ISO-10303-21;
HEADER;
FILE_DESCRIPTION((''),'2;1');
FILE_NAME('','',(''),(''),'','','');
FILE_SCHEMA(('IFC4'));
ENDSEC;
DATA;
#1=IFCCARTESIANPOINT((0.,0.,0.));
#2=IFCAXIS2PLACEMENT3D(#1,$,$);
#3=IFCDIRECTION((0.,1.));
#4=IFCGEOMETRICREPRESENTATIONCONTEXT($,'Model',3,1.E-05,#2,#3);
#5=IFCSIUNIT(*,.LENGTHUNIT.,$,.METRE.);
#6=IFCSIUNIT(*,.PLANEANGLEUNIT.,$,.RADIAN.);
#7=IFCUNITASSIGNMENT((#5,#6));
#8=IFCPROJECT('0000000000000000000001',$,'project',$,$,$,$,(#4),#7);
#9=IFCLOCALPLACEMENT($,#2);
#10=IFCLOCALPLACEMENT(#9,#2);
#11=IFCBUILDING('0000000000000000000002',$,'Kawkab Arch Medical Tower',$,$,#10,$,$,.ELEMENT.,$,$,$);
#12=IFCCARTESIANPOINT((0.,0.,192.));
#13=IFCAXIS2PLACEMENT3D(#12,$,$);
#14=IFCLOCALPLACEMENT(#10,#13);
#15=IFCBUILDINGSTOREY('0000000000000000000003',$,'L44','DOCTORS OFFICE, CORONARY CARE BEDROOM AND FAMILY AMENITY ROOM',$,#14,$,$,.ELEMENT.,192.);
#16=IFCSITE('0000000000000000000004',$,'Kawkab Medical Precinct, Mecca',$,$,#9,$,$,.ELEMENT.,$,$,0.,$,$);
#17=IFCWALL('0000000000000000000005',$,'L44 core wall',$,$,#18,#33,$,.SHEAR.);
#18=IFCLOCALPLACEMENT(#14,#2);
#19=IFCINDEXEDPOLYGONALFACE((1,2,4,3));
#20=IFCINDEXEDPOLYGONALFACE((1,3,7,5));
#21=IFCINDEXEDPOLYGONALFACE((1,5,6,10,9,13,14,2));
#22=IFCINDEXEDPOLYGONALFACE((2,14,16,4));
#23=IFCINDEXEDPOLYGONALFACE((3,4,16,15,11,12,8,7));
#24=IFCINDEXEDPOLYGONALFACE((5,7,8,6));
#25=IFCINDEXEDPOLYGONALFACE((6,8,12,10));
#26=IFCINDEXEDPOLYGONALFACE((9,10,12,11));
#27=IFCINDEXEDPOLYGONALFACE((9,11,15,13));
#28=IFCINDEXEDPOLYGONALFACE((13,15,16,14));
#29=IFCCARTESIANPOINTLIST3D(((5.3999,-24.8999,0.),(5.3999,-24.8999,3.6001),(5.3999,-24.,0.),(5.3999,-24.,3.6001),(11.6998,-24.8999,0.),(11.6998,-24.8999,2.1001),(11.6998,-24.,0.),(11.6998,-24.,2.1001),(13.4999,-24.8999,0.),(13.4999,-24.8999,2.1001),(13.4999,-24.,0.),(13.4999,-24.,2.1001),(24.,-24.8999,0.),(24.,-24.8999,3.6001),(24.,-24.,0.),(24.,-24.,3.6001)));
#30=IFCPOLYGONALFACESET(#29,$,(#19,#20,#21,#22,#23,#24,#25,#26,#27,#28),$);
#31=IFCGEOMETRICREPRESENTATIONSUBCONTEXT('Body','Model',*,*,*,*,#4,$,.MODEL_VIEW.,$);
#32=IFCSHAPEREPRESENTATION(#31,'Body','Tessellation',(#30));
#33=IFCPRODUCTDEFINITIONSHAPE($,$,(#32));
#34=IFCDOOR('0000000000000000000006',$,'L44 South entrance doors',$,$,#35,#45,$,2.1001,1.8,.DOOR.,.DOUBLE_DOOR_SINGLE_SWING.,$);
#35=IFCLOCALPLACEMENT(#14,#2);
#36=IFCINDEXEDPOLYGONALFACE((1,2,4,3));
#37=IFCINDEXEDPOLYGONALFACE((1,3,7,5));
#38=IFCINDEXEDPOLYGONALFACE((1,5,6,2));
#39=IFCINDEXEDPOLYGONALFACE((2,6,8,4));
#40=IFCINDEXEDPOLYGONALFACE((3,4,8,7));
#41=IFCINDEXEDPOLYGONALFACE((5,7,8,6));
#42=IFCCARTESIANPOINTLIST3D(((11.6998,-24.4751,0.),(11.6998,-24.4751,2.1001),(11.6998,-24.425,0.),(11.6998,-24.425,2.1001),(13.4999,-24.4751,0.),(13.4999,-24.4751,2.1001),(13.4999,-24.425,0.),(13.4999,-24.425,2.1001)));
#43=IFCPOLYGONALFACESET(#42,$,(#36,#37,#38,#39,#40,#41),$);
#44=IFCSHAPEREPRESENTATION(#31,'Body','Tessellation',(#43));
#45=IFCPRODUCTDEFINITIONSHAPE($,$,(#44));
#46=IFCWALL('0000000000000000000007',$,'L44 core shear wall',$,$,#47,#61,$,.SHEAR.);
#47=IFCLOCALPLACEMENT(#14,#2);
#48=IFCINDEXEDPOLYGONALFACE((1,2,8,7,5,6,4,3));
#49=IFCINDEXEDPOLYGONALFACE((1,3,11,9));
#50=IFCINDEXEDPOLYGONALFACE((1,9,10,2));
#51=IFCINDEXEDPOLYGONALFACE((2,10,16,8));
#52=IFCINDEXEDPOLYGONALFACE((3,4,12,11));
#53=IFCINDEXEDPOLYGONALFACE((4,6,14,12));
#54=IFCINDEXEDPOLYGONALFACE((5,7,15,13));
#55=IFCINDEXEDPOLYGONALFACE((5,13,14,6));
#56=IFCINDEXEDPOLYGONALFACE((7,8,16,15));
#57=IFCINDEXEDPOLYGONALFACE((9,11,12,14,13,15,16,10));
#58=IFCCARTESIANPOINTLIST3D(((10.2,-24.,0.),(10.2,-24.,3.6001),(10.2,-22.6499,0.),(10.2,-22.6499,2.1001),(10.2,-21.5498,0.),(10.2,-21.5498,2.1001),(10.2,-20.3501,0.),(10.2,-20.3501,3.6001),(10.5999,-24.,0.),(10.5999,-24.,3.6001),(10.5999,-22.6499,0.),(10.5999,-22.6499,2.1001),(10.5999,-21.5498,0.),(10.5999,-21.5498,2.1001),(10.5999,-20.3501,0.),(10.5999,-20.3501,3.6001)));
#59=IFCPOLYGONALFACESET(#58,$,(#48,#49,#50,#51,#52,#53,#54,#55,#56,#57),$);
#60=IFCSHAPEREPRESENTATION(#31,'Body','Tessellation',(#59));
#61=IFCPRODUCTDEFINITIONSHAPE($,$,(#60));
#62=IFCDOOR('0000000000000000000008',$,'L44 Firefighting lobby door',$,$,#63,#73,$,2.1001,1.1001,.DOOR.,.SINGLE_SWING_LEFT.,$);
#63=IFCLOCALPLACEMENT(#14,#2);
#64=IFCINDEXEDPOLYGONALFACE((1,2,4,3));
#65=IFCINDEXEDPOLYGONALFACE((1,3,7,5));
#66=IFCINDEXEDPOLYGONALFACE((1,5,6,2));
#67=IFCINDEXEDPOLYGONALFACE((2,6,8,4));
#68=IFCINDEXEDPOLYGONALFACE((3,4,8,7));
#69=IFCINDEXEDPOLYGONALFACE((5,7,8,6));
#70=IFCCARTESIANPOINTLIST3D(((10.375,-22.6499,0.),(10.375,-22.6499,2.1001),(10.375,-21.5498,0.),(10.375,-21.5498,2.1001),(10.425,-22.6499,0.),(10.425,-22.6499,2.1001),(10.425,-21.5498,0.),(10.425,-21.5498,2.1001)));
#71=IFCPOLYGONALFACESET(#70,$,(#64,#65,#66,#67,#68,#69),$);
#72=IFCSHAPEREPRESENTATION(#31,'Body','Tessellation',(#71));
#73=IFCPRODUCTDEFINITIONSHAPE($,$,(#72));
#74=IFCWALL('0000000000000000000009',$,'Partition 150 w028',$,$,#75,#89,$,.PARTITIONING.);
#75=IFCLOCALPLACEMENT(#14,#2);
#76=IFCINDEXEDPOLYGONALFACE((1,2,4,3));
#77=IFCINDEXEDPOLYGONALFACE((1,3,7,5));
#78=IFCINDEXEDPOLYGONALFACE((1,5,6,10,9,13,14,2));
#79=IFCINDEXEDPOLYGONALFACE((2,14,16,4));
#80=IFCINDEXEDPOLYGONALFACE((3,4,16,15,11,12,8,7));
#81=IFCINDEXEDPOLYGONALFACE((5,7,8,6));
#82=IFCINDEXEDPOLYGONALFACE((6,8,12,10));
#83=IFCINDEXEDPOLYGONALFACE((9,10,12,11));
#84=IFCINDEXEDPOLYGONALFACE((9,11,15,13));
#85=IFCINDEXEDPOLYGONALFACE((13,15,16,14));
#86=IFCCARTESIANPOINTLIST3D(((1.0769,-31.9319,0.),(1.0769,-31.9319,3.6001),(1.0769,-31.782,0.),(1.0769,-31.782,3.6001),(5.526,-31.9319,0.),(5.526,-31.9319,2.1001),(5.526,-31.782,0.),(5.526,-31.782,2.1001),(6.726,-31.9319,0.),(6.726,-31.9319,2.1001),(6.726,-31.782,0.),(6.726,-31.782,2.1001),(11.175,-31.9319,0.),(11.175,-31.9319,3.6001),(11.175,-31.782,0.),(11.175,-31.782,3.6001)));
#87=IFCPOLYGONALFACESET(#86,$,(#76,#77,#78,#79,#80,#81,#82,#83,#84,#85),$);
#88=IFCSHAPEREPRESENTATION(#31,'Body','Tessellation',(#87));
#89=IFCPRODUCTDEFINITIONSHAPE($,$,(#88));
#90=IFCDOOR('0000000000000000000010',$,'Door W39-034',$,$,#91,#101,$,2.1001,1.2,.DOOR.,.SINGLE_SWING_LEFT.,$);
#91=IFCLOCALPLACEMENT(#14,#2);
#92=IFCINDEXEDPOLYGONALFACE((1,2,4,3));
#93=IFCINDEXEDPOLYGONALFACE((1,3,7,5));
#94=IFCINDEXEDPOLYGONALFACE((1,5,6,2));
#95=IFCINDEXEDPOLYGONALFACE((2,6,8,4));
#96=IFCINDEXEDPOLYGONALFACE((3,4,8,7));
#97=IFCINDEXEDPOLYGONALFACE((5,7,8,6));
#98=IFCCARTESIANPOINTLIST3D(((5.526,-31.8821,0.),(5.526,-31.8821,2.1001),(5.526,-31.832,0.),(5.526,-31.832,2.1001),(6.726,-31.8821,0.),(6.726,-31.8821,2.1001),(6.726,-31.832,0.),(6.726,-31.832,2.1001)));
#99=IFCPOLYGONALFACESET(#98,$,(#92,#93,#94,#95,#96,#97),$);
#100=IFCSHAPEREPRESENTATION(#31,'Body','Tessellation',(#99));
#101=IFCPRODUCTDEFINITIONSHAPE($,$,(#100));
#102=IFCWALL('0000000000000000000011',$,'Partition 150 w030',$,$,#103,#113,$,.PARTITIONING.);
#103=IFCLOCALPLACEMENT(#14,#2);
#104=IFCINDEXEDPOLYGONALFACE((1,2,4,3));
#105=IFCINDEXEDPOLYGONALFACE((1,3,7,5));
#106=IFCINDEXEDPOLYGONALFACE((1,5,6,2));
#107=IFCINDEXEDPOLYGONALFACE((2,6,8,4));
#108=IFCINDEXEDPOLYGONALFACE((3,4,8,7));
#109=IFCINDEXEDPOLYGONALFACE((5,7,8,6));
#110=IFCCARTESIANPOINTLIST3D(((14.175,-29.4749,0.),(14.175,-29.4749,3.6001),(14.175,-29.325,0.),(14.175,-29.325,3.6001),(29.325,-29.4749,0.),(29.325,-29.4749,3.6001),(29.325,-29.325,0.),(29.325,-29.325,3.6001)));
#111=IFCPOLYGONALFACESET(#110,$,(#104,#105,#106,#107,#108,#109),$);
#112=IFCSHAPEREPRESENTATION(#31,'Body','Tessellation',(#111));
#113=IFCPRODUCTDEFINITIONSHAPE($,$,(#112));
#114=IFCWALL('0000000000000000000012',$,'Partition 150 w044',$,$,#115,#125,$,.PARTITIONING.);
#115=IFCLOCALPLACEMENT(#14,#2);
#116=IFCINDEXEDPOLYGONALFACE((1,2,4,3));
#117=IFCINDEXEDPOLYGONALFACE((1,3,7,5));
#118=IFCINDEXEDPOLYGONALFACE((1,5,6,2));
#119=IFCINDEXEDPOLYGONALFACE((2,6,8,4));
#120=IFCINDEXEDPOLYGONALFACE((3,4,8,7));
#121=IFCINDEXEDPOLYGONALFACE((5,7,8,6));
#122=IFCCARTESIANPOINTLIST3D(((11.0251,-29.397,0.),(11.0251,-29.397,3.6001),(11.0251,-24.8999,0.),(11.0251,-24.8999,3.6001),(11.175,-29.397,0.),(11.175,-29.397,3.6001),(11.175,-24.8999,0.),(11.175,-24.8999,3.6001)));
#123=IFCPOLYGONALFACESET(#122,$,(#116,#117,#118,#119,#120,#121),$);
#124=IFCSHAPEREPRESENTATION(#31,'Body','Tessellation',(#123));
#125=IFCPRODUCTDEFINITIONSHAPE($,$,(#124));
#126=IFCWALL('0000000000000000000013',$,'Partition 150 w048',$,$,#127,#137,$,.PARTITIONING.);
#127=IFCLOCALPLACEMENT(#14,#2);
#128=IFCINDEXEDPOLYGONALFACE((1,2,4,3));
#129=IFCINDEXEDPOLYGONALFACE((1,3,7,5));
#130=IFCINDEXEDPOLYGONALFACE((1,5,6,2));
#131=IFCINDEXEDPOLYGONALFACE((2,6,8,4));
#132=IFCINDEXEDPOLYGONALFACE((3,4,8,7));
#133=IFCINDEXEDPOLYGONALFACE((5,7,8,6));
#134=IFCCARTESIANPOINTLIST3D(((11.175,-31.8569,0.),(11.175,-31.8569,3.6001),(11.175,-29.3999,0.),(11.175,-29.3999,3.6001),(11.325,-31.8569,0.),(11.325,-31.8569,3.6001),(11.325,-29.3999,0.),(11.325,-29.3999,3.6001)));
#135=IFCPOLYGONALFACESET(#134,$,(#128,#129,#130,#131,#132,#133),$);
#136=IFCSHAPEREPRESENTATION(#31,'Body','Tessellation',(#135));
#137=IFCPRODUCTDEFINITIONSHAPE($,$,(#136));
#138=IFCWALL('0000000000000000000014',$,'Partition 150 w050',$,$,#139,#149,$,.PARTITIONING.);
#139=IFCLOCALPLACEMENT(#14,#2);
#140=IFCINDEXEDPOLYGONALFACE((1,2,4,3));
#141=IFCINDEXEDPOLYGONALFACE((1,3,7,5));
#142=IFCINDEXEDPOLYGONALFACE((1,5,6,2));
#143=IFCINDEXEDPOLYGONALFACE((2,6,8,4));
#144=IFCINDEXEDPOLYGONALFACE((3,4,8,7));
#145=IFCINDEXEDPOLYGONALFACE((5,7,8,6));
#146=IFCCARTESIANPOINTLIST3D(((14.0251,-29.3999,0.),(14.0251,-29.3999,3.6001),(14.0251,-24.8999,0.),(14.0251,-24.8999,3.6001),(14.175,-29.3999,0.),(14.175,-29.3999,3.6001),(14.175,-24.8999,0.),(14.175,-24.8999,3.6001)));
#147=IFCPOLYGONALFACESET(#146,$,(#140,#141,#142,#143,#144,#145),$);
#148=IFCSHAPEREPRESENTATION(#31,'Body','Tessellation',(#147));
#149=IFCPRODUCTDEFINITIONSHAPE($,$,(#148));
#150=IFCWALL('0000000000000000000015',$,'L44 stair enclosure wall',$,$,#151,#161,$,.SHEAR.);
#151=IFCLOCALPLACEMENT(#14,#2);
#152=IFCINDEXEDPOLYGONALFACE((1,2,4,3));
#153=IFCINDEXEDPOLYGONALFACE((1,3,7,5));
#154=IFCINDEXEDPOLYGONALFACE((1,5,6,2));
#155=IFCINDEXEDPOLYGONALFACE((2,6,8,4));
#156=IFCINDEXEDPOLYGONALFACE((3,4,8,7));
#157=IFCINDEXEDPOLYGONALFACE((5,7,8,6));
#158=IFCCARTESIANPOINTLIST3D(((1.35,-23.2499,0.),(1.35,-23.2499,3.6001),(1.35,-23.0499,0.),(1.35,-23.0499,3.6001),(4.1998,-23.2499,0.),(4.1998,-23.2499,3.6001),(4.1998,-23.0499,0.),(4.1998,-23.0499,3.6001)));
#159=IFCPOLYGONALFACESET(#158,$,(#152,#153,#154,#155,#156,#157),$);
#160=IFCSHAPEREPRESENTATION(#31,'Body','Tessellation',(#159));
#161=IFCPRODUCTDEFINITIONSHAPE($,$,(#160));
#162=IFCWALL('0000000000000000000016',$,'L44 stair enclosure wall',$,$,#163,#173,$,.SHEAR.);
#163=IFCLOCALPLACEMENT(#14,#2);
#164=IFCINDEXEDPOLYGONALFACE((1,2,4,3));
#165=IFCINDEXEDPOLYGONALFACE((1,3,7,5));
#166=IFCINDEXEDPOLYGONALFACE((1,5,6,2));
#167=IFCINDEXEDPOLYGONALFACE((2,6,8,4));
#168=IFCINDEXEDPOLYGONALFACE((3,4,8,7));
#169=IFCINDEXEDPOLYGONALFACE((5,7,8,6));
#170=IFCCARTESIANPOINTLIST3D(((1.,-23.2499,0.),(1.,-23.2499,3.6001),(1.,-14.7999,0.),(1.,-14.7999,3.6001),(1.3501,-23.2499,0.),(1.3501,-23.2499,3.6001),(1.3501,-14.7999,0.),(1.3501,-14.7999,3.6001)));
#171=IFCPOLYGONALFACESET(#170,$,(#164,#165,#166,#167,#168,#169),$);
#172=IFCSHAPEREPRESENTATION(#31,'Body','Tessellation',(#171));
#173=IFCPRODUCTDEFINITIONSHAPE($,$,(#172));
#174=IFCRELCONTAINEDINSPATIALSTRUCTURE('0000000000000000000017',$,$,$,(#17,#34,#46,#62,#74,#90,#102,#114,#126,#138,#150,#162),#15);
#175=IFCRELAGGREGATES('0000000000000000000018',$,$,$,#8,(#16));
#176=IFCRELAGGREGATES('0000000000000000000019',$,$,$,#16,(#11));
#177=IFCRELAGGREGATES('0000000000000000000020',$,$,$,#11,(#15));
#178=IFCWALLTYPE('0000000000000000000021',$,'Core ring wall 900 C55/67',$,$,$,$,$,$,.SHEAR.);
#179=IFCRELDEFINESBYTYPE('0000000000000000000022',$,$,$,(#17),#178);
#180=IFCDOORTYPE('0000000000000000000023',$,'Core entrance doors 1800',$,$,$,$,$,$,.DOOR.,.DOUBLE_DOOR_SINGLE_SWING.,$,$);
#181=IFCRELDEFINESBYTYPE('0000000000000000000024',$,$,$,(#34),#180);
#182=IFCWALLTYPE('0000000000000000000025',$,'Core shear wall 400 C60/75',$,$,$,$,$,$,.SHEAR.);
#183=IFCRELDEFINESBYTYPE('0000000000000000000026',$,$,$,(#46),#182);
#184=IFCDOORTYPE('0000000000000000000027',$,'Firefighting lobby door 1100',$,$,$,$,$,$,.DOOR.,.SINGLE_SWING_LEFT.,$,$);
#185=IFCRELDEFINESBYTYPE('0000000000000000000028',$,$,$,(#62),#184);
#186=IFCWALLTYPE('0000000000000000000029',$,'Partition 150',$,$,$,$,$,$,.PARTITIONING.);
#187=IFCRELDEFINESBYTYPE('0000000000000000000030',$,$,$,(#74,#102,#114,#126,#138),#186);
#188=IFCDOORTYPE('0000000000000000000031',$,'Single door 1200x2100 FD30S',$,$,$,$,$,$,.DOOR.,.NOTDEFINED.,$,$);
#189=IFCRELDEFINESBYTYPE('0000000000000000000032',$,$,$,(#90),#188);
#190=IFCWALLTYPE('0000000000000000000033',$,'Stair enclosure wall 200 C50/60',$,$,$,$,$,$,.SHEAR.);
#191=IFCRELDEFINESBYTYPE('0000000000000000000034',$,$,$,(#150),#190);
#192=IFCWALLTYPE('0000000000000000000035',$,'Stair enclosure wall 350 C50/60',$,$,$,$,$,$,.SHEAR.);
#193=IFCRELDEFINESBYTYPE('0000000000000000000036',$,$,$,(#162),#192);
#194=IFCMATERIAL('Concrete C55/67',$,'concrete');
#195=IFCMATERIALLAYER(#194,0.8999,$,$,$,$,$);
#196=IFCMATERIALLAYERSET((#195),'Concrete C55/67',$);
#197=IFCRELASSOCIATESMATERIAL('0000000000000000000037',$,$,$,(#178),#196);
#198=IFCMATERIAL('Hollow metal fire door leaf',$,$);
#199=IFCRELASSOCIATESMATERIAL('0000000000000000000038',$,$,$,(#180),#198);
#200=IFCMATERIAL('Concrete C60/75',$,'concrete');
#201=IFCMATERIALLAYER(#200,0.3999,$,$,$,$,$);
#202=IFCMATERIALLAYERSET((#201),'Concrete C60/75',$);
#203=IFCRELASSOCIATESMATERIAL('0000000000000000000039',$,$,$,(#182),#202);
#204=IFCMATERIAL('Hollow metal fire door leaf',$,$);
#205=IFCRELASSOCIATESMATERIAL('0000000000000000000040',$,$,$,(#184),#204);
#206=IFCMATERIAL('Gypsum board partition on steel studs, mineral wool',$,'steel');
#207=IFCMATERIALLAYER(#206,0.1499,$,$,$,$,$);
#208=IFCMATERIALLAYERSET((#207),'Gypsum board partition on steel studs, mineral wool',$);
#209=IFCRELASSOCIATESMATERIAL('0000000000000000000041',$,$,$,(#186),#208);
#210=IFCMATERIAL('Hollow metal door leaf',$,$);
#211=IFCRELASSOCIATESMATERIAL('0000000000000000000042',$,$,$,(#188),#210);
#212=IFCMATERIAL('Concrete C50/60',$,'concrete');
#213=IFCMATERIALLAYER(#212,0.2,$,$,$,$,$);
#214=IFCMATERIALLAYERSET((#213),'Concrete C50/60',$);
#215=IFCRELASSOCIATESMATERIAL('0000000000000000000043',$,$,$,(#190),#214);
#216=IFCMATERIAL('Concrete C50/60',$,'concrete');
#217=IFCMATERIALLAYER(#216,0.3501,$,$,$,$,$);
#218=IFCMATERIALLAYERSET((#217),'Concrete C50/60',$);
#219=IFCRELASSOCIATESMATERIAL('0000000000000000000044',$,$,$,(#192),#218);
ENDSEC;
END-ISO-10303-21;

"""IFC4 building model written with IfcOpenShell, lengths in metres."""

from ifc_helpers import new_model, si_unit, direction, frame, frame_2d, origin, place, context, subcontext, project, spatial, rectangle, extrude, material, layer, layer_set, type_object, element, fill, save


model = new_model("IFC4")

# Units and contexts
model_context = context("Model", 3, precision=1e-05, world=origin(), true_north=direction((0.0, 1.0)))
body_context = subcontext(model_context, "Body", "Model", "MODEL_VIEW")
ifc_project = project(units=[si_unit("LENGTHUNIT", "METRE"), si_unit("PLANEANGLEUNIT", "RADIAN")], contexts=[model_context])

# Site, building, storey
site_placement = place(None, origin())
site = spatial("IfcSite", under=ifc_project, at=site_placement, Name="Kawkab Medical Precinct, Mecca", CompositionType="ELEMENT", RefElevation=0.0)
building_placement = place(site_placement, origin())
building = spatial("IfcBuilding", under=site, at=building_placement, Name="Kawkab Arch Medical Tower", CompositionType="ELEMENT")
storey_placement = place(building_placement, frame((0.0, 0.0, 192.0)))
storey = spatial("IfcBuildingStorey", under=building, at=storey_placement, Name="L44", Description="DOCTORS OFFICE, CORONARY CARE BEDROOM AND FAMILY AMENITY ROOM", CompositionType="ELEMENT", Elevation=192.0)

# Walls, openings, doors
ifc_material_1 = material(Name="Concrete C55/67", Category="concrete")
ifc_layer_1 = layer(ifc_material_1, 0.8999)
ifc_layer_set_1 = layer_set([ifc_layer_1], Name="Concrete C55/67")
wall_type_1 = type_object("IfcWallType", Name="Core ring wall 900 C55/67", PredefinedType="SHEAR", material=ifc_layer_set_1)
wall_1_placement = place(storey_placement, frame((5.3999, -24.45, 0.0), z_axis=(0.0, 0.0, 1.0), x_axis=(1.0, 0.0, 0.0)))
wall_1 = element("IfcWall", 1, at=wall_1_placement, inside=storey, type_object=wall_type_1, Name="L44 core wall", PredefinedType="SHEAR", context=body_context, shape_type="SweptSolid", body=[
    extrude(rectangle(XDim=18.6001, YDim=0.8999, at=frame_2d((9.3, 0.0))), origin(), (0.0, 0.0, 1.0), 3.6001),
])
opening_1_placement = place(wall_1_placement, frame((6.3, 0.0, 0.0)))
opening_1 = element("IfcOpeningElement", 2, at=opening_1_placement, cuts=wall_1, PredefinedType="OPENING", context=body_context, shape_type="SweptSolid", body=[
    extrude(rectangle(XDim=1.8, YDim=2.1001, at=frame_2d((0.8999, 1.05))), frame((0.0, 0.46, 0.0), z_axis=(0.0, -1.0, 0.0), x_axis=(1.0, 0.0, 0.0)), (0.0, 0.0, 1.0), 0.9199),
])
ifc_material_2 = material(Name="Hollow metal fire door leaf")
door_type_1 = type_object("IfcDoorType", Name="Core entrance doors 1800", OperationType="DOUBLE_DOOR_SINGLE_SWING", PredefinedType="DOOR", material=ifc_material_2)
door_1_placement = place(opening_1_placement, origin())
door_1 = element("IfcDoor", 3, at=door_1_placement, inside=storey, type_object=door_type_1, Name="L44 South entrance doors", OperationType="DOUBLE_DOOR_SINGLE_SWING", OverallHeight=2.1001, OverallWidth=1.8, PredefinedType="DOOR", context=body_context, shape_type="SweptSolid", body=[
    extrude(rectangle(XDim=1.8, YDim=2.1001, at=frame_2d((0.8999, 1.05))), frame((0.0, 0.0249, 0.0), z_axis=(0.0, -1.0, 0.0), x_axis=(1.0, 0.0, 0.0)), (0.0, 0.0, 1.0), 0.05),
])
fill(opening_1, door_1)
ifc_material_3 = material(Name="Concrete C60/75", Category="concrete")
ifc_layer_2 = layer(ifc_material_3, 0.3999)
ifc_layer_set_2 = layer_set([ifc_layer_2], Name="Concrete C60/75")
wall_type_2 = type_object("IfcWallType", Name="Core shear wall 400 C60/75", PredefinedType="SHEAR", material=ifc_layer_set_2)
wall_2_placement = place(storey_placement, frame((10.3999, -24.0, 0.0), z_axis=(0.0, 0.0, 1.0), x_axis=(0.0, 1.0, 0.0)))
wall_2 = element("IfcWall", 4, at=wall_2_placement, inside=storey, type_object=wall_type_2, Name="L44 core shear wall", PredefinedType="SHEAR", context=body_context, shape_type="SweptSolid", body=[
    extrude(rectangle(XDim=3.6499, YDim=0.3999, at=frame_2d((1.825, 0.0))), origin(), (0.0, 0.0, 1.0), 3.6001),
])
opening_2_placement = place(wall_2_placement, frame((1.3501, 0.0, 0.0)))
opening_2 = element("IfcOpeningElement", 5, at=opening_2_placement, cuts=wall_2, PredefinedType="OPENING", context=body_context, shape_type="SweptSolid", body=[
    extrude(rectangle(XDim=1.1001, YDim=2.1001, at=frame_2d((0.55, 1.05))), frame((0.0, 0.21, 0.0), z_axis=(0.0, -1.0, 0.0), x_axis=(1.0, 0.0, 0.0)), (0.0, 0.0, 1.0), 0.4199),
])
ifc_material_4 = material(Name="Hollow metal fire door leaf")
door_type_2 = type_object("IfcDoorType", Name="Firefighting lobby door 1100", OperationType="SINGLE_SWING_LEFT", PredefinedType="DOOR", material=ifc_material_4)
door_2_placement = place(opening_2_placement, origin())
door_2 = element("IfcDoor", 6, at=door_2_placement, inside=storey, type_object=door_type_2, Name="L44 Firefighting lobby door", OperationType="SINGLE_SWING_LEFT", OverallHeight=2.1001, OverallWidth=1.1001, PredefinedType="DOOR", context=body_context, shape_type="SweptSolid", body=[
    extrude(rectangle(XDim=1.1001, YDim=2.1001, at=frame_2d((0.55, 1.05))), frame((0.0, 0.0249, 0.0), z_axis=(0.0, -1.0, 0.0), x_axis=(1.0, 0.0, 0.0)), (0.0, 0.0, 1.0), 0.05),
])
fill(opening_2, door_2)
ifc_material_5 = material(Name="Gypsum board partition on steel studs, mineral wool", Category="steel")
ifc_layer_3 = layer(ifc_material_5, 0.1499)
ifc_layer_set_3 = layer_set([ifc_layer_3], Name="Gypsum board partition on steel studs, mineral wool")
wall_type_3 = type_object("IfcWallType", Name="Partition 150", PredefinedType="PARTITIONING", material=ifc_layer_set_3)
wall_3_placement = place(storey_placement, frame((1.0769, -31.8569, 0.0), z_axis=(0.0, 0.0, 1.0), x_axis=(1.0, 0.0, 0.0)))
wall_3 = element("IfcWall", 7, at=wall_3_placement, inside=storey, type_object=wall_type_3, Name="Partition 150 w028", PredefinedType="PARTITIONING", context=body_context, shape_type="SweptSolid", body=[
    extrude(rectangle(XDim=10.0981, YDim=0.1499, at=frame_2d((5.0491, 0.0))), origin(), (0.0, 0.0, 1.0), 3.6001),
])
opening_3_placement = place(wall_3_placement, frame((4.449, 0.0, 0.0)))
opening_3 = element("IfcOpeningElement", 8, at=opening_3_placement, cuts=wall_3, PredefinedType="OPENING", context=body_context, shape_type="SweptSolid", body=[
    extrude(rectangle(XDim=1.2, YDim=2.1001, at=frame_2d((0.6001, 1.05))), frame((0.0, 0.085, 0.0), z_axis=(0.0, -1.0, 0.0), x_axis=(1.0, 0.0, 0.0)), (0.0, 0.0, 1.0), 0.1699),
])
ifc_material_6 = material(Name="Hollow metal door leaf")
door_type_3 = type_object("IfcDoorType", Name="Single door 1200x2100 FD30S", OperationType="NOTDEFINED", PredefinedType="DOOR", material=ifc_material_6)
door_3_placement = place(opening_3_placement, origin())
door_3 = element("IfcDoor", 9, at=door_3_placement, inside=storey, type_object=door_type_3, Name="Door W39-034", OperationType="SINGLE_SWING_LEFT", OverallHeight=2.1001, OverallWidth=1.2, PredefinedType="DOOR", context=body_context, shape_type="SweptSolid", body=[
    extrude(rectangle(XDim=1.2, YDim=2.1001, at=frame_2d((0.6001, 1.05))), frame((0.0, 0.0249, 0.0), z_axis=(0.0, -1.0, 0.0), x_axis=(1.0, 0.0, 0.0)), (0.0, 0.0, 1.0), 0.05),
])
fill(opening_3, door_3)

# Walls
wall_4_placement = place(storey_placement, frame((14.175, -29.3999, 0.0), z_axis=(0.0, 0.0, 1.0), x_axis=(1.0, 0.0, 0.0)))
element("IfcWall", 10, at=wall_4_placement, inside=storey, type_object=wall_type_3, Name="Partition 150 w030", PredefinedType="PARTITIONING", context=body_context, shape_type="SweptSolid", body=[
    extrude(rectangle(XDim=15.1499, YDim=0.1499, at=frame_2d((7.575, 0.0))), origin(), (0.0, 0.0, 1.0), 3.6001),
])
wall_5_placement = place(storey_placement, frame((11.1001, -29.397, 0.0), z_axis=(0.0, 0.0, 1.0), x_axis=(0.0, 1.0, 0.0)))
element("IfcWall", 11, at=wall_5_placement, inside=storey, type_object=wall_type_3, Name="Partition 150 w044", PredefinedType="PARTITIONING", context=body_context, shape_type="SweptSolid", body=[
    extrude(rectangle(XDim=4.4971, YDim=0.1499, at=frame_2d((2.2485, 0.0))), origin(), (0.0, 0.0, 1.0), 3.6001),
])
wall_6_placement = place(storey_placement, frame((11.25, -31.8569, 0.0), z_axis=(0.0, 0.0, 1.0), x_axis=(0.0, 1.0, 0.0)))
element("IfcWall", 12, at=wall_6_placement, inside=storey, type_object=wall_type_3, Name="Partition 150 w048", PredefinedType="PARTITIONING", context=body_context, shape_type="SweptSolid", body=[
    extrude(rectangle(XDim=2.457, YDim=0.1499, at=frame_2d((1.2285, 0.0))), origin(), (0.0, 0.0, 1.0), 3.6001),
])
wall_7_placement = place(storey_placement, frame((14.1001, -29.3999, 0.0), z_axis=(0.0, 0.0, 1.0), x_axis=(0.0, 1.0, 0.0)))
element("IfcWall", 13, at=wall_7_placement, inside=storey, type_object=wall_type_3, Name="Partition 150 w050", PredefinedType="PARTITIONING", context=body_context, shape_type="SweptSolid", body=[
    extrude(rectangle(XDim=4.5, YDim=0.1499, at=frame_2d((2.25, 0.0))), origin(), (0.0, 0.0, 1.0), 3.6001),
])
ifc_material_7 = material(Name="Concrete C50/60", Category="concrete")
ifc_layer_4 = layer(ifc_material_7, 0.2)
ifc_layer_set_4 = layer_set([ifc_layer_4], Name="Concrete C50/60")
wall_type_4 = type_object("IfcWallType", Name="Stair enclosure wall 200 C50/60", PredefinedType="SHEAR", material=ifc_layer_set_4)
wall_8_placement = place(storey_placement, frame((1.3501, -23.1499, 0.0), z_axis=(0.0, 0.0, 1.0), x_axis=(1.0, 0.0, 0.0)))
element("IfcWall", 14, at=wall_8_placement, inside=storey, type_object=wall_type_4, Name="L44 stair enclosure wall", PredefinedType="SHEAR", context=body_context, shape_type="SweptSolid", body=[
    extrude(rectangle(XDim=2.8499, YDim=0.2, at=frame_2d((1.4248, 0.0))), origin(), (0.0, 0.0, 1.0), 3.6001),
])
ifc_material_8 = material(Name="Concrete C50/60", Category="concrete")
ifc_layer_5 = layer(ifc_material_8, 0.3501)
ifc_layer_set_5 = layer_set([ifc_layer_5], Name="Concrete C50/60")
wall_type_5 = type_object("IfcWallType", Name="Stair enclosure wall 350 C50/60", PredefinedType="SHEAR", material=ifc_layer_set_5)
wall_9_placement = place(storey_placement, frame((1.175, -23.25, 0.0), z_axis=(0.0, 0.0, 1.0), x_axis=(0.0, 1.0, 0.0)))
element("IfcWall", 15, at=wall_9_placement, inside=storey, type_object=wall_type_5, Name="L44 stair enclosure wall", PredefinedType="SHEAR", context=body_context, shape_type="SweptSolid", body=[
    extrude(rectangle(XDim=8.45, YDim=0.3501, at=frame_2d((4.2251, 0.0))), origin(), (0.0, 0.0, 1.0), 3.6001),
])

save(model, "model.ifc")
